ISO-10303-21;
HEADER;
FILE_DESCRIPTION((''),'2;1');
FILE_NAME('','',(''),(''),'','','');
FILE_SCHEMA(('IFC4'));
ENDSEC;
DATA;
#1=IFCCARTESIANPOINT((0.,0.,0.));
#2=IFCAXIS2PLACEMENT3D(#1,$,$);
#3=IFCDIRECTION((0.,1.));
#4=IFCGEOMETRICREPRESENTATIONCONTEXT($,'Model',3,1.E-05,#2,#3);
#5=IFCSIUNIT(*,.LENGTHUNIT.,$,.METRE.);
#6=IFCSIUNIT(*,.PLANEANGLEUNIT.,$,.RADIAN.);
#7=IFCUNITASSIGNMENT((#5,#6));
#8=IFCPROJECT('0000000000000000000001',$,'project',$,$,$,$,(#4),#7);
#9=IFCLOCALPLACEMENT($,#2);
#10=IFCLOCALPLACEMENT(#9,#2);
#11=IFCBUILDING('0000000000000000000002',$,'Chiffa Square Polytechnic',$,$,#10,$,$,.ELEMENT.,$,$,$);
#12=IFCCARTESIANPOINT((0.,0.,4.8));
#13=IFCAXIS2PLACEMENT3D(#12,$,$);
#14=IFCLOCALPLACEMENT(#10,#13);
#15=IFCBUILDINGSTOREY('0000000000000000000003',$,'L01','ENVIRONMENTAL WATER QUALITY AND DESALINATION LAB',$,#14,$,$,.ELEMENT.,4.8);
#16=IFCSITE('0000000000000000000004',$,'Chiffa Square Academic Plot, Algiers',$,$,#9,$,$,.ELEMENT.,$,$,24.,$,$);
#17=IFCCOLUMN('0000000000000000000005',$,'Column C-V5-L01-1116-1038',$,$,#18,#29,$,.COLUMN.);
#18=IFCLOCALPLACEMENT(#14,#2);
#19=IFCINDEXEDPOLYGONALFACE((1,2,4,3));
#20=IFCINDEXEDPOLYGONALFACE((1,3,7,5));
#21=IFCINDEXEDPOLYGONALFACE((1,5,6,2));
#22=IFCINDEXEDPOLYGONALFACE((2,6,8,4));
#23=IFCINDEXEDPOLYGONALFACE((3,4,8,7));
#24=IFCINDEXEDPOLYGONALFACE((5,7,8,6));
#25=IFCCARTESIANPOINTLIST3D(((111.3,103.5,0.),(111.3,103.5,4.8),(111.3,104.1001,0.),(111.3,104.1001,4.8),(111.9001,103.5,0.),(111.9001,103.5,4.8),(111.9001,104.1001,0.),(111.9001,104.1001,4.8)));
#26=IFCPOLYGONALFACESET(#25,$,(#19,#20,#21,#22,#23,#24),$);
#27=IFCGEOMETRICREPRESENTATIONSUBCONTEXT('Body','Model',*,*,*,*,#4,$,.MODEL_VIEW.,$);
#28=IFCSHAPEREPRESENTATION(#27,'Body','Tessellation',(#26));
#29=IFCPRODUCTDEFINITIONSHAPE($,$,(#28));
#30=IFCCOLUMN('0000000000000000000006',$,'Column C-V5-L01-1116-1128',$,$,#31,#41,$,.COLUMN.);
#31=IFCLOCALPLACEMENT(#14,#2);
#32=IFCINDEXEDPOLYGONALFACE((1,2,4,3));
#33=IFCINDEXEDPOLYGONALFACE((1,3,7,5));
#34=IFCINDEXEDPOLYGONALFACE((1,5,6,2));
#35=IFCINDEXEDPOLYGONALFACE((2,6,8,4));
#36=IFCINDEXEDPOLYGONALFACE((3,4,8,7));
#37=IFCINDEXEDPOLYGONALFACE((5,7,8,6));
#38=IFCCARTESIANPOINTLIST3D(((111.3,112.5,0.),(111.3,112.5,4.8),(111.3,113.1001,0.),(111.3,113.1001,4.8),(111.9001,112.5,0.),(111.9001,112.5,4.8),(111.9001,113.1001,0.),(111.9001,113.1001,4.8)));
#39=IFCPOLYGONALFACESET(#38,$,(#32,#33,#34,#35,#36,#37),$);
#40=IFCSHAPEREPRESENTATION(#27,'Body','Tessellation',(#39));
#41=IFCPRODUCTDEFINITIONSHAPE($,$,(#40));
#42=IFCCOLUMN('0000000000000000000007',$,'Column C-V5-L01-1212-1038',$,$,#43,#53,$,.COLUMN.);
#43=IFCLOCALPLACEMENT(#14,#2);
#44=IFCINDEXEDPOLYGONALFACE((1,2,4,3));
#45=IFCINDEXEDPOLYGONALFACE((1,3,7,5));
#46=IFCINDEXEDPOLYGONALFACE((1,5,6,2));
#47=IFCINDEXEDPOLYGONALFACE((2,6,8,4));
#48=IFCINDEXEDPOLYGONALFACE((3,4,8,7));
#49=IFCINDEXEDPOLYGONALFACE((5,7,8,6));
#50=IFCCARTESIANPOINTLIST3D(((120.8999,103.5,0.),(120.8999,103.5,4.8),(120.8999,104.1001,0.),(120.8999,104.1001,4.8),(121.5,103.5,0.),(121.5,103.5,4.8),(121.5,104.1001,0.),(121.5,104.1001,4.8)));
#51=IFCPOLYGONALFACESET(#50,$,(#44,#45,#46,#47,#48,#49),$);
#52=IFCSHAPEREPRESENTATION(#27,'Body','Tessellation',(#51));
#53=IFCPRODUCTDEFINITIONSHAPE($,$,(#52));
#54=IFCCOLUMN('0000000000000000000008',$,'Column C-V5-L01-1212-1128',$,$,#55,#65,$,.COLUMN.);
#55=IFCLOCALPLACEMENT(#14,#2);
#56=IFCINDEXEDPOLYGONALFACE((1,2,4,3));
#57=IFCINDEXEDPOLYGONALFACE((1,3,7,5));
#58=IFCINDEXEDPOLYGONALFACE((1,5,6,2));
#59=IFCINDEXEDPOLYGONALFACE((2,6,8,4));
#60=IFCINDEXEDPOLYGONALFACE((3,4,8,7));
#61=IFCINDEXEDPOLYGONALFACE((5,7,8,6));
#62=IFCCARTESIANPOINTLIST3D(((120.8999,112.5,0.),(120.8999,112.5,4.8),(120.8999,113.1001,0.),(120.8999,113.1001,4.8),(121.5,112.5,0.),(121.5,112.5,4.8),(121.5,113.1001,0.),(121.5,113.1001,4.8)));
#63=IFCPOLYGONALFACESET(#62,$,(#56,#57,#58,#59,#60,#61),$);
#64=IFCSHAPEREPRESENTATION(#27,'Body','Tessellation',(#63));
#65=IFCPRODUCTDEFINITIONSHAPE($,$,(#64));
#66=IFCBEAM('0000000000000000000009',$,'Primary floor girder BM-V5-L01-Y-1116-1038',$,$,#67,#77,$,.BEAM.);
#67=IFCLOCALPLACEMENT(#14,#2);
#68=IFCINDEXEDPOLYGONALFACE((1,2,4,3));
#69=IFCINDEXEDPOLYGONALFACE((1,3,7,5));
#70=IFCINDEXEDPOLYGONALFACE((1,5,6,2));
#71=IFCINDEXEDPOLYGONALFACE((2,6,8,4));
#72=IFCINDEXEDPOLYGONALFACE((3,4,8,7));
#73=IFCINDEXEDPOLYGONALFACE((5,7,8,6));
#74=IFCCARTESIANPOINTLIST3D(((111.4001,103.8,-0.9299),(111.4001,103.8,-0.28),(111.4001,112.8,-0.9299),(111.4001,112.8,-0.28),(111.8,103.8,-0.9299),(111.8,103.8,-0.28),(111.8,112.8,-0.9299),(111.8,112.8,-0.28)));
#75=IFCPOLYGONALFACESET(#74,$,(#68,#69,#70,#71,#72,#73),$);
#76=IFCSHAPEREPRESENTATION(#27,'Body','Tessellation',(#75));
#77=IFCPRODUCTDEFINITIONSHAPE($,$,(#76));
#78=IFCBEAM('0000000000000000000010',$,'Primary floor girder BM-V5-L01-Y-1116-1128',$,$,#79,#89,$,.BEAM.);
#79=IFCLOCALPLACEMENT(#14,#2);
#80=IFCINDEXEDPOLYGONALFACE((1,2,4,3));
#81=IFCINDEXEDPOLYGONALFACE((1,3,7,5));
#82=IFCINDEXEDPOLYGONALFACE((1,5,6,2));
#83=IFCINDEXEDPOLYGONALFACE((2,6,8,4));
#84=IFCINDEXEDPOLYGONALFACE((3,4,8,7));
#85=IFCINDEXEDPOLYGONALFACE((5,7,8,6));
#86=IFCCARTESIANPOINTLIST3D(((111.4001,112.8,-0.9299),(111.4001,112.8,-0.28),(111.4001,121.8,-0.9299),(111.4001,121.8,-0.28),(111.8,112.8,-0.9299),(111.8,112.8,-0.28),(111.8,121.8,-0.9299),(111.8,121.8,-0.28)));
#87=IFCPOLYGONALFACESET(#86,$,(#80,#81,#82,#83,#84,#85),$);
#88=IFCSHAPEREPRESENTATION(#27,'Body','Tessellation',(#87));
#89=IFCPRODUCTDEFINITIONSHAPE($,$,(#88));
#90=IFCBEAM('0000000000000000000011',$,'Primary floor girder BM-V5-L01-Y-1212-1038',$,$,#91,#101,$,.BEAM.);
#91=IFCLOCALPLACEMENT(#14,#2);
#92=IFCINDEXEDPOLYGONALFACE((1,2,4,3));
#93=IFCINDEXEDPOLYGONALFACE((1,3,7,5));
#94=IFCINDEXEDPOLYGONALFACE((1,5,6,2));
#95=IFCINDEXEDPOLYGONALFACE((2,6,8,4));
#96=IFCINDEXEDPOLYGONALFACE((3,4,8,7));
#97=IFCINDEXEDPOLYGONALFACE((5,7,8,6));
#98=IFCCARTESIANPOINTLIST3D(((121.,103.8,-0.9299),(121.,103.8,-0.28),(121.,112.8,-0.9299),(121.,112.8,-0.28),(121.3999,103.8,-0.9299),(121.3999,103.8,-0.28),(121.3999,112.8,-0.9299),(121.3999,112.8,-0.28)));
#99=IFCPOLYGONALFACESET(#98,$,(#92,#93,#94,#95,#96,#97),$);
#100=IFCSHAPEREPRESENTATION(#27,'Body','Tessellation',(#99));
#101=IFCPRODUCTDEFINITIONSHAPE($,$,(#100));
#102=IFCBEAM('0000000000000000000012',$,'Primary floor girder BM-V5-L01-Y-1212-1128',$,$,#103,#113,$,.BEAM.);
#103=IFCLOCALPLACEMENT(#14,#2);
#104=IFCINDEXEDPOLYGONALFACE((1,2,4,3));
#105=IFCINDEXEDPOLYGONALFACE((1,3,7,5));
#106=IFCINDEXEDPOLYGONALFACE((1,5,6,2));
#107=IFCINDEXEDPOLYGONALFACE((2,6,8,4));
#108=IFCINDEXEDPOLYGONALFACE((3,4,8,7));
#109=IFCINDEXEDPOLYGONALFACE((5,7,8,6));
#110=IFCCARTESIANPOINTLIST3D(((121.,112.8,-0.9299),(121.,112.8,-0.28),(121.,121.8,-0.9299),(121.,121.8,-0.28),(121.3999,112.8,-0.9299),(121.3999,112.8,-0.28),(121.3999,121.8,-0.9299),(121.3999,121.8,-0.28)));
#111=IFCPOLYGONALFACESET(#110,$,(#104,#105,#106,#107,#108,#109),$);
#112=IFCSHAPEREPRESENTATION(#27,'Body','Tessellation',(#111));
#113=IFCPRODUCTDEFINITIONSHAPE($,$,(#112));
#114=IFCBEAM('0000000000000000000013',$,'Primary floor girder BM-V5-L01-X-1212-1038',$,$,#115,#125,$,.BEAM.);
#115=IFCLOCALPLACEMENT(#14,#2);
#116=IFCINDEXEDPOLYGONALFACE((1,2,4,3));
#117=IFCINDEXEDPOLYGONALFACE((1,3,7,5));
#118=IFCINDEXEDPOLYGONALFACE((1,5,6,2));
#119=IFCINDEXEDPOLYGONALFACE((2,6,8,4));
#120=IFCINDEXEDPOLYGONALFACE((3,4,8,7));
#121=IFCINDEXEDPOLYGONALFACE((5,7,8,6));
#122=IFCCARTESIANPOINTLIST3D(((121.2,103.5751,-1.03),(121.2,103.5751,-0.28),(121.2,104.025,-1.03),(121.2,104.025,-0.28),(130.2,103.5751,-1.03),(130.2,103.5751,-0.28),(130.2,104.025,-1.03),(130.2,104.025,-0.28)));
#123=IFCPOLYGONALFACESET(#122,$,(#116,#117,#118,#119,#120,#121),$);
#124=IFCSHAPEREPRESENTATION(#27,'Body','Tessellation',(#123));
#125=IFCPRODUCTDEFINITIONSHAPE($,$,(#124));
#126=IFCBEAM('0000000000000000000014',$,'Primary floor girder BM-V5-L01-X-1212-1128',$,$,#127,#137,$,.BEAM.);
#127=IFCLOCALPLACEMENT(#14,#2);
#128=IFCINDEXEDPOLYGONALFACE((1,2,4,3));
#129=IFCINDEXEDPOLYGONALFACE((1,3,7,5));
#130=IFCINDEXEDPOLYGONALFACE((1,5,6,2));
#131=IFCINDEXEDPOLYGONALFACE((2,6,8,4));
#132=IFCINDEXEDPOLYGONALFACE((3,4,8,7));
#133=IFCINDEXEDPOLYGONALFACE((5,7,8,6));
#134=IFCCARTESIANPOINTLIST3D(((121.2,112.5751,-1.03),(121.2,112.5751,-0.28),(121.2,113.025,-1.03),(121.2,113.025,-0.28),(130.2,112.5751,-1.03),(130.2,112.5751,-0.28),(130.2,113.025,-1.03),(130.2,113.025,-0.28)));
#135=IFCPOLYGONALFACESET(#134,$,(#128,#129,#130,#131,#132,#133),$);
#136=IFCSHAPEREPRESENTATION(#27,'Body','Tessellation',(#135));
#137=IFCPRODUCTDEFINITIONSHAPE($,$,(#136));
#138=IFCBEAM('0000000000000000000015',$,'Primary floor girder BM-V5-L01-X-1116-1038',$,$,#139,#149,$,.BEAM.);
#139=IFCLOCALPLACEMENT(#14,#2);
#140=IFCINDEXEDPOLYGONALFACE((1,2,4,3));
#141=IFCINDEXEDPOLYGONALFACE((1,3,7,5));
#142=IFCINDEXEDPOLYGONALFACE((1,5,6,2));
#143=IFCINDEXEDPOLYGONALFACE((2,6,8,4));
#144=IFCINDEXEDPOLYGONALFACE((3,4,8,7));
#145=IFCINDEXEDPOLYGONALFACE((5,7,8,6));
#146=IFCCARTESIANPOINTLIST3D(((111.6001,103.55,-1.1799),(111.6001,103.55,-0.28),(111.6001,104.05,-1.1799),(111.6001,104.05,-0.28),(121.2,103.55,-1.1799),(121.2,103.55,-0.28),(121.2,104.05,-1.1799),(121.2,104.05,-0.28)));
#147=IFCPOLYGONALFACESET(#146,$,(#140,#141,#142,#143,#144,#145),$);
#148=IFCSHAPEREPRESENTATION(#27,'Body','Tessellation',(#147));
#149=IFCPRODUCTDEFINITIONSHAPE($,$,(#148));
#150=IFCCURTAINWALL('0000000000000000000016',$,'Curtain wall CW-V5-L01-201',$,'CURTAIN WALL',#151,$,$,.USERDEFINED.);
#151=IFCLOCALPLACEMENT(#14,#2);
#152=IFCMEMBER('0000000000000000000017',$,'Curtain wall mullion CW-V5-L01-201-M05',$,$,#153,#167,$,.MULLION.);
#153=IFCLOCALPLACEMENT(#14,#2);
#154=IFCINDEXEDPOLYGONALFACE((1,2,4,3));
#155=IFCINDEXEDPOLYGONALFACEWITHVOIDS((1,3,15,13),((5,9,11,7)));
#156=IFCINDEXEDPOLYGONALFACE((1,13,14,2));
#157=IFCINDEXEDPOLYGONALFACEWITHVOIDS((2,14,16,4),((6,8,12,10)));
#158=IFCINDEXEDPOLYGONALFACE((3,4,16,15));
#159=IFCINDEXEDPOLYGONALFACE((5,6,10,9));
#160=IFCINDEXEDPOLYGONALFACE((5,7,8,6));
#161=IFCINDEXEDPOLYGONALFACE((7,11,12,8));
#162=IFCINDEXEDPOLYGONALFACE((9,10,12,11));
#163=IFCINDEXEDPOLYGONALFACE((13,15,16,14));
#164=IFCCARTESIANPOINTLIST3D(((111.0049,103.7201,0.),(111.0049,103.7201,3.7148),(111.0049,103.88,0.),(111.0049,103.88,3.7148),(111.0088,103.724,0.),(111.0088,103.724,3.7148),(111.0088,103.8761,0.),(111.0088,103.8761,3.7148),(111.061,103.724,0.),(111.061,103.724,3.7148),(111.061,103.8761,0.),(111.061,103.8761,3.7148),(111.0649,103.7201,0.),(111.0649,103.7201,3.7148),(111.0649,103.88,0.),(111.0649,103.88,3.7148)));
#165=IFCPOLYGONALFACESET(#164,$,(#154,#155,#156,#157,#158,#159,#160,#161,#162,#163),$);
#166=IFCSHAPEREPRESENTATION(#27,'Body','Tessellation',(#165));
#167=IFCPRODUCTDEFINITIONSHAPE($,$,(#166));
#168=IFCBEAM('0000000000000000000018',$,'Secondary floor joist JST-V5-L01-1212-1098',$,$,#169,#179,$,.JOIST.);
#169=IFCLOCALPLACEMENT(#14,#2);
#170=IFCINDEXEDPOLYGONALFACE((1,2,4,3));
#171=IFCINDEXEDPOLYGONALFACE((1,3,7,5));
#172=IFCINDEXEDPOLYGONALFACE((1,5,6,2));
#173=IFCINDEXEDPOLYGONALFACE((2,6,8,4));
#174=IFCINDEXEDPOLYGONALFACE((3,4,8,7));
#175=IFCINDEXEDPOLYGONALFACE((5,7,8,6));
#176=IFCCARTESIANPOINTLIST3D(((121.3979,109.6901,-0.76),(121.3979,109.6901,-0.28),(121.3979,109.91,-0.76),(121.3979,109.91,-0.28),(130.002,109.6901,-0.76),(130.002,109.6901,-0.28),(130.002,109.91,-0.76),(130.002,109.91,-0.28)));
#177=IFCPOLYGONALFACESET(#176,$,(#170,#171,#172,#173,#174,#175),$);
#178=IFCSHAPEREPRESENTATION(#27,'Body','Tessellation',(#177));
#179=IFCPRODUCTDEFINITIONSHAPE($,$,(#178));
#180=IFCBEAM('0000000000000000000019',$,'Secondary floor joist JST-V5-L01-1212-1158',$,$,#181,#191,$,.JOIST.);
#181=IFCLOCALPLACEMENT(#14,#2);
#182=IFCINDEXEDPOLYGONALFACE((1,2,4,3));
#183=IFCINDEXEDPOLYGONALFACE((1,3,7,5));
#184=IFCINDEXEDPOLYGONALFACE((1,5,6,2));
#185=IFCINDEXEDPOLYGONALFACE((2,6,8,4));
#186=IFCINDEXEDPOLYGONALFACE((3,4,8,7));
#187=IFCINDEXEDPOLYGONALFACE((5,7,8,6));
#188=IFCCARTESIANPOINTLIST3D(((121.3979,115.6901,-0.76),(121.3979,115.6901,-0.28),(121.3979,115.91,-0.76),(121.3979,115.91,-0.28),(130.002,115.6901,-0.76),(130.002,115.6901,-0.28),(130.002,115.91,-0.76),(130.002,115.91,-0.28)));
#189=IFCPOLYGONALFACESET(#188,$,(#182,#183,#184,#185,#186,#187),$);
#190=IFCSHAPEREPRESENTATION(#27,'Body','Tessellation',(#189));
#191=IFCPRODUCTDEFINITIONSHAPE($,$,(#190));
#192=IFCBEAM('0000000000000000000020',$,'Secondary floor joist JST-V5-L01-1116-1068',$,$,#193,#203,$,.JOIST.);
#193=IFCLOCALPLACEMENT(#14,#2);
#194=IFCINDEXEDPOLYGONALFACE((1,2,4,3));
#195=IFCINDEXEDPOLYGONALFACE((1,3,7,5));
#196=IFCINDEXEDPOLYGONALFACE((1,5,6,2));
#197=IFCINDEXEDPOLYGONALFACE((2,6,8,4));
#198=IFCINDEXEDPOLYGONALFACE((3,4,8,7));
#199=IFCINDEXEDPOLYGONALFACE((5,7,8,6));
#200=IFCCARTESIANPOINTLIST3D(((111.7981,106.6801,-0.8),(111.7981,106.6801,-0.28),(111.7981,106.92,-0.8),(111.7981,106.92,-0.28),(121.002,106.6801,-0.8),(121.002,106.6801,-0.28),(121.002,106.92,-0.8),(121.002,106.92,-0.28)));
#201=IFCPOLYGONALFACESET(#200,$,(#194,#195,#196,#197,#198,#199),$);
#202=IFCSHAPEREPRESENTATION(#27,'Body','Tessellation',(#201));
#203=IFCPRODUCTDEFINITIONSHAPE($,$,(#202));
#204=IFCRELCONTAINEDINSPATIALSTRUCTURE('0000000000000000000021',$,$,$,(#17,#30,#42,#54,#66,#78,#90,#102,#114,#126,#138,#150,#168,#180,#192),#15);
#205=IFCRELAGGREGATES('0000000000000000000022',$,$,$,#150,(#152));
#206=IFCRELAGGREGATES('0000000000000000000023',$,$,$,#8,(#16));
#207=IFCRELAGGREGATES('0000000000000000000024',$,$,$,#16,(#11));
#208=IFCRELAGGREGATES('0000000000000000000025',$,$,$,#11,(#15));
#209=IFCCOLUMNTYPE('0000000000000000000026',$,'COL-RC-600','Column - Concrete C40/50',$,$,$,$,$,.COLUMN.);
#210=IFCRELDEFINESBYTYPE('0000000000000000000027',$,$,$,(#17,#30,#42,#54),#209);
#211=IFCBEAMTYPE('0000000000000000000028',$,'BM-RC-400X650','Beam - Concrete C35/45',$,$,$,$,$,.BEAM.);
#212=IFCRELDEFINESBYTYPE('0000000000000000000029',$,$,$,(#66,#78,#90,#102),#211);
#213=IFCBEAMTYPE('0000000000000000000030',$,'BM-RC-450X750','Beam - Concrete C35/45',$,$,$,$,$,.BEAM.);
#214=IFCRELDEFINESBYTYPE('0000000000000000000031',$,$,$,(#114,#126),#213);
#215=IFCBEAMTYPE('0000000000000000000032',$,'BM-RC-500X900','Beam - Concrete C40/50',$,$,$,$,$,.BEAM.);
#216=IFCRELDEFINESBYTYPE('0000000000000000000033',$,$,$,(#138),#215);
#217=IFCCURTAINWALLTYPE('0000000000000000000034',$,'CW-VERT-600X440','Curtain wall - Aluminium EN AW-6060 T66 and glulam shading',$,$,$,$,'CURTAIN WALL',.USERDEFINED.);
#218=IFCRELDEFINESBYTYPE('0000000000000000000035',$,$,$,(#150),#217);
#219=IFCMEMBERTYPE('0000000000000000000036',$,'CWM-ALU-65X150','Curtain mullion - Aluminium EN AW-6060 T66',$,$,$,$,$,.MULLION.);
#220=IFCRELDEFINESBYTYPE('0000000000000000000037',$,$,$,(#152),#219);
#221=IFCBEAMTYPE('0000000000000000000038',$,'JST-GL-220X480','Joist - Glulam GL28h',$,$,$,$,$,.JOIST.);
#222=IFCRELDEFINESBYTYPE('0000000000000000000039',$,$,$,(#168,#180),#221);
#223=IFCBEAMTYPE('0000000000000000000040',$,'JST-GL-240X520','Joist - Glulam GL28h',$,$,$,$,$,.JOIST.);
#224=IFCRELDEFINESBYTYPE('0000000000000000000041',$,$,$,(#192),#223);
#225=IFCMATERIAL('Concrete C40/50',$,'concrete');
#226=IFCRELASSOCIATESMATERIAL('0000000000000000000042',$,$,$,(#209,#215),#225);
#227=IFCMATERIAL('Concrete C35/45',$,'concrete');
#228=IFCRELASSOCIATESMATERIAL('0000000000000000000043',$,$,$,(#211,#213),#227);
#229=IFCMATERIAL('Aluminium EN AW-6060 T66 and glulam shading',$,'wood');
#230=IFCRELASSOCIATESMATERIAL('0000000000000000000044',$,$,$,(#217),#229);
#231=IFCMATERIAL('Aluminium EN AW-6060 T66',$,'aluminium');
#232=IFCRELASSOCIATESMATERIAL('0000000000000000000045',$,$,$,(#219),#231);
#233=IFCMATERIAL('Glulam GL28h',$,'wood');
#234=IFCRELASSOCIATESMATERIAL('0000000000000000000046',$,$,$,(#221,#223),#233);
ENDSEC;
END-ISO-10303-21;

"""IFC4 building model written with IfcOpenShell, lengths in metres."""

from ifc_helpers import new_model, si_unit, direction, frame, origin, origin_2d, place, context, subcontext, project, spatial, rectangle, hollow_rectangle, extrude, material, material_profile, profile_set, type_object, element, aggregate, save


model = new_model("IFC4")

# Units and contexts
model_context = context("Model", 3, precision=1e-05, world=origin(), true_north=direction((0.0, 1.0)))
body_context = subcontext(model_context, "Body", "Model", "MODEL_VIEW")
ifc_project = project(units=[si_unit("LENGTHUNIT", "METRE"), si_unit("PLANEANGLEUNIT", "RADIAN")], contexts=[model_context])

# Site, building, storey
site_placement = place(None, origin())
site = spatial("IfcSite", under=ifc_project, at=site_placement, Name="Chiffa Square Academic Plot, Algiers", CompositionType="ELEMENT", RefElevation=24.0)
building_placement = place(site_placement, origin())
building = spatial("IfcBuilding", under=site, at=building_placement, Name="Chiffa Square Polytechnic", CompositionType="ELEMENT")
storey_placement = place(building_placement, frame((0.0, 0.0, 4.8)))
storey = spatial("IfcBuildingStorey", under=building, at=storey_placement, Name="L01", Description="ENVIRONMENTAL WATER QUALITY AND DESALINATION LAB", CompositionType="ELEMENT", Elevation=4.8)

# Columns
ifc_material_1 = material(Name="Concrete C40/50", Category="concrete")
ifc_material_profile_1 = material_profile(ifc_material_1, rectangle(XDim=0.6001, YDim=0.6001, at=origin_2d()), Name="RC 600x600")
ifc_profile_set_1 = profile_set([ifc_material_profile_1], Name="Concrete C40/50")
column_type = type_object("IfcColumnType", Name="COL-RC-600", Description="Column - Concrete C40/50", PredefinedType="COLUMN", material=ifc_profile_set_1)
for number, where, z_axis, x_axis, name in (
    (1, (111.6001, 103.8, 0.0), (0.0, 0.0, 1.0), (1.0, 0.0, 0.0), "Column C-V5-L01-1116-1038"),
    (2, (111.6001, 112.8, 0.0), (0.0, 0.0, 1.0), (1.0, 0.0, 0.0), "Column C-V5-L01-1116-1128"),
    (3, (121.2, 103.8, 0.0), (0.0, 0.0, 1.0), (1.0, 0.0, 0.0), "Column C-V5-L01-1212-1038"),
    (4, (121.2, 112.8, 0.0), (0.0, 0.0, 1.0), (1.0, 0.0, 0.0), "Column C-V5-L01-1212-1128"),
):
    element("IfcColumn", number, at=place(storey_placement, frame(where, z_axis=z_axis, x_axis=x_axis)), inside=storey, type_object=column_type, Name=name, PredefinedType="COLUMN", context=body_context, shape_type="SweptSolid", body=[
        extrude(rectangle(XDim=0.6001, YDim=0.6001, at=origin_2d()), origin(), (0.0, 0.0, 1.0), 4.8),
    ])

# Beams
ifc_material_2 = material(Name="Concrete C35/45", Category="concrete")
ifc_material_profile_2 = material_profile(ifc_material_2, rectangle(XDim=0.3999, YDim=0.6499, at=origin_2d()), Name="RC 400x650")
ifc_profile_set_2 = profile_set([ifc_material_profile_2], Name="Concrete C35/45")
beam_type_1 = type_object("IfcBeamType", Name="BM-RC-400X650", Description="Beam - Concrete C35/45", PredefinedType="BEAM", material=ifc_profile_set_2)
for number, where, z_axis, x_axis, name in (
    (5, (111.6001, 103.8, -0.605), (0.0, 1.0, 0.0), (-1.0, 0.0, 0.0), "Primary floor girder BM-V5-L01-Y-1116-1038"),
    (6, (111.6001, 112.8, -0.605), (0.0, 1.0, 0.0), (-1.0, 0.0, 0.0), "Primary floor girder BM-V5-L01-Y-1116-1128"),
    (7, (121.2, 103.8, -0.605), (0.0, 1.0, 0.0), (-1.0, 0.0, 0.0), "Primary floor girder BM-V5-L01-Y-1212-1038"),
    (8, (121.2, 112.8, -0.605), (0.0, 1.0, 0.0), (-1.0, 0.0, 0.0), "Primary floor girder BM-V5-L01-Y-1212-1128"),
):
    element("IfcBeam", number, at=place(storey_placement, frame(where, z_axis=z_axis, x_axis=x_axis)), inside=storey, type_object=beam_type_1, Name=name, PredefinedType="BEAM", context=body_context, shape_type="SweptSolid", body=[
        extrude(rectangle(XDim=0.3999, YDim=0.6499, at=origin_2d()), origin(), (0.0, 0.0, 1.0), 9.0),
    ])
ifc_material_profile_3 = material_profile(ifc_material_2, rectangle(XDim=0.45, YDim=0.75, at=origin_2d()), Name="RC 450x750")
ifc_profile_set_3 = profile_set([ifc_material_profile_3], Name="Concrete C35/45")
beam_type_2 = type_object("IfcBeamType", Name="BM-RC-450X750", Description="Beam - Concrete C35/45", PredefinedType="BEAM", material=ifc_profile_set_3)
for number, where, z_axis, x_axis, name in (
    (9, (121.2, 103.8, -0.655), (1.0, 0.0, 0.0), (0.0, 1.0, 0.0), "Primary floor girder BM-V5-L01-X-1212-1038"),
    (10, (121.2, 112.8, -0.655), (1.0, 0.0, 0.0), (0.0, 1.0, 0.0), "Primary floor girder BM-V5-L01-X-1212-1128"),
):
    element("IfcBeam", number, at=place(storey_placement, frame(where, z_axis=z_axis, x_axis=x_axis)), inside=storey, type_object=beam_type_2, Name=name, PredefinedType="BEAM", context=body_context, shape_type="SweptSolid", body=[
        extrude(rectangle(XDim=0.45, YDim=0.75, at=origin_2d()), origin(), (0.0, 0.0, 1.0), 9.0),
    ])
ifc_material_profile_4 = material_profile(ifc_material_1, rectangle(XDim=0.5, YDim=0.8999, at=origin_2d()), Name="RC 500x900")
ifc_profile_set_4 = profile_set([ifc_material_profile_4], Name="Concrete C40/50")
beam_type_3 = type_object("IfcBeamType", Name="BM-RC-500X900", Description="Beam - Concrete C40/50", PredefinedType="BEAM", material=ifc_profile_set_4)
beam_placement = place(storey_placement, frame((111.6001, 103.8, -0.73), z_axis=(1.0, 0.0, 0.0), x_axis=(0.0, 1.0, 0.0)))
element("IfcBeam", 11, at=beam_placement, inside=storey, type_object=beam_type_3, Name="Primary floor girder BM-V5-L01-X-1116-1038", PredefinedType="BEAM", context=body_context, shape_type="SweptSolid", body=[
    extrude(rectangle(XDim=0.5, YDim=0.8999, at=origin_2d()), origin(), (0.0, 0.0, 1.0), 9.5999),
])

# Curtain wall, member
ifc_material_3 = material(Name="Aluminium EN AW-6060 T66 and glulam shading", Category="wood")
curtain_wall_type = type_object("IfcCurtainWallType", Name="CW-VERT-600X440", Description="Curtain wall - Aluminium EN AW-6060 T66 and glulam shading", ElementType="CURTAIN WALL", PredefinedType="USERDEFINED", material=ifc_material_3)
curtain_wall_placement = place(storey_placement, origin())
curtain_wall = element("IfcCurtainWall", 12, at=curtain_wall_placement, inside=storey, type_object=curtain_wall_type, Name="Curtain wall CW-V5-L01-201", ObjectType="CURTAIN WALL", PredefinedType="USERDEFINED")
ifc_material_4 = material(Name="Aluminium EN AW-6060 T66", Category="aluminium")
ifc_material_profile_5 = material_profile(ifc_material_4, hollow_rectangle(XDim=0.0601, YDim=0.1599, WallThickness=0.0039, at=origin_2d()), Name="ALU 60x160x4")
ifc_profile_set_5 = profile_set([ifc_material_profile_5], Name="Aluminium EN AW-6060 T66")
member_type = type_object("IfcMemberType", Name="CWM-ALU-65X150", Description="Curtain mullion - Aluminium EN AW-6060 T66", PredefinedType="MULLION", material=ifc_profile_set_5)
member_placement = place(storey_placement, frame((111.0349, 103.8, 0.0), z_axis=(0.0, 0.0, 1.0), x_axis=(1.0, 0.0, 0.0)))
member = element("IfcMember", 13, at=member_placement, type_object=member_type, Name="Curtain wall mullion CW-V5-L01-201-M05", PredefinedType="MULLION", context=body_context, shape_type="SweptSolid", body=[
    extrude(hollow_rectangle(XDim=0.0601, YDim=0.1599, WallThickness=0.0039, at=origin_2d()), origin(), (0.0, 0.0, 1.0), 3.7148),
])
aggregate(curtain_wall, [member])

# Beams
ifc_material_5 = material(Name="Glulam GL28h", Category="wood")
ifc_material_profile_6 = material_profile(ifc_material_5, rectangle(XDim=0.22, YDim=0.48, at=origin_2d()), Name="GL28h 220x480")
ifc_profile_set_6 = profile_set([ifc_material_profile_6], Name="Glulam GL28h")
beam_type_4 = type_object("IfcBeamType", Name="JST-GL-220X480", Description="Joist - Glulam GL28h", PredefinedType="JOIST", material=ifc_profile_set_6)
for number, where, z_axis, x_axis, name in (
    (14, (121.3979, 109.8, -0.52), (1.0, 0.0, 0.0), (0.0, 1.0, 0.0), "Secondary floor joist JST-V5-L01-1212-1098"),
    (15, (121.3979, 115.8, -0.52), (1.0, 0.0, 0.0), (0.0, 1.0, 0.0), "Secondary floor joist JST-V5-L01-1212-1158"),
):
    element("IfcBeam", number, at=place(storey_placement, frame(where, z_axis=z_axis, x_axis=x_axis)), inside=storey, type_object=beam_type_4, Name=name, PredefinedType="JOIST", context=body_context, shape_type="SweptSolid", body=[
        extrude(rectangle(XDim=0.22, YDim=0.48, at=origin_2d()), origin(), (0.0, 0.0, 1.0), 8.604),
    ])
ifc_material_profile_7 = material_profile(ifc_material_5, rectangle(XDim=0.24, YDim=0.52, at=origin_2d()), Name="GL28h 240x520")
ifc_profile_set_7 = profile_set([ifc_material_profile_7], Name="Glulam GL28h")
beam_type_5 = type_object("IfcBeamType", Name="JST-GL-240X520", Description="Joist - Glulam GL28h", PredefinedType="JOIST", material=ifc_profile_set_7)
for number, where, z_axis, x_axis, name in (
    (16, (111.7981, 106.8, -0.54), (1.0, 0.0, 0.0), (0.0, 1.0, 0.0), "Secondary floor joist JST-V5-L01-1116-1068"),
):
    element("IfcBeam", number, at=place(storey_placement, frame(where, z_axis=z_axis, x_axis=x_axis)), inside=storey, type_object=beam_type_5, Name=name, PredefinedType="JOIST", context=body_context, shape_type="SweptSolid", body=[
        extrude(rectangle(XDim=0.24, YDim=0.52, at=origin_2d()), origin(), (0.0, 0.0, 1.0), 9.2039),
    ])

save(model, "model.ifc")
